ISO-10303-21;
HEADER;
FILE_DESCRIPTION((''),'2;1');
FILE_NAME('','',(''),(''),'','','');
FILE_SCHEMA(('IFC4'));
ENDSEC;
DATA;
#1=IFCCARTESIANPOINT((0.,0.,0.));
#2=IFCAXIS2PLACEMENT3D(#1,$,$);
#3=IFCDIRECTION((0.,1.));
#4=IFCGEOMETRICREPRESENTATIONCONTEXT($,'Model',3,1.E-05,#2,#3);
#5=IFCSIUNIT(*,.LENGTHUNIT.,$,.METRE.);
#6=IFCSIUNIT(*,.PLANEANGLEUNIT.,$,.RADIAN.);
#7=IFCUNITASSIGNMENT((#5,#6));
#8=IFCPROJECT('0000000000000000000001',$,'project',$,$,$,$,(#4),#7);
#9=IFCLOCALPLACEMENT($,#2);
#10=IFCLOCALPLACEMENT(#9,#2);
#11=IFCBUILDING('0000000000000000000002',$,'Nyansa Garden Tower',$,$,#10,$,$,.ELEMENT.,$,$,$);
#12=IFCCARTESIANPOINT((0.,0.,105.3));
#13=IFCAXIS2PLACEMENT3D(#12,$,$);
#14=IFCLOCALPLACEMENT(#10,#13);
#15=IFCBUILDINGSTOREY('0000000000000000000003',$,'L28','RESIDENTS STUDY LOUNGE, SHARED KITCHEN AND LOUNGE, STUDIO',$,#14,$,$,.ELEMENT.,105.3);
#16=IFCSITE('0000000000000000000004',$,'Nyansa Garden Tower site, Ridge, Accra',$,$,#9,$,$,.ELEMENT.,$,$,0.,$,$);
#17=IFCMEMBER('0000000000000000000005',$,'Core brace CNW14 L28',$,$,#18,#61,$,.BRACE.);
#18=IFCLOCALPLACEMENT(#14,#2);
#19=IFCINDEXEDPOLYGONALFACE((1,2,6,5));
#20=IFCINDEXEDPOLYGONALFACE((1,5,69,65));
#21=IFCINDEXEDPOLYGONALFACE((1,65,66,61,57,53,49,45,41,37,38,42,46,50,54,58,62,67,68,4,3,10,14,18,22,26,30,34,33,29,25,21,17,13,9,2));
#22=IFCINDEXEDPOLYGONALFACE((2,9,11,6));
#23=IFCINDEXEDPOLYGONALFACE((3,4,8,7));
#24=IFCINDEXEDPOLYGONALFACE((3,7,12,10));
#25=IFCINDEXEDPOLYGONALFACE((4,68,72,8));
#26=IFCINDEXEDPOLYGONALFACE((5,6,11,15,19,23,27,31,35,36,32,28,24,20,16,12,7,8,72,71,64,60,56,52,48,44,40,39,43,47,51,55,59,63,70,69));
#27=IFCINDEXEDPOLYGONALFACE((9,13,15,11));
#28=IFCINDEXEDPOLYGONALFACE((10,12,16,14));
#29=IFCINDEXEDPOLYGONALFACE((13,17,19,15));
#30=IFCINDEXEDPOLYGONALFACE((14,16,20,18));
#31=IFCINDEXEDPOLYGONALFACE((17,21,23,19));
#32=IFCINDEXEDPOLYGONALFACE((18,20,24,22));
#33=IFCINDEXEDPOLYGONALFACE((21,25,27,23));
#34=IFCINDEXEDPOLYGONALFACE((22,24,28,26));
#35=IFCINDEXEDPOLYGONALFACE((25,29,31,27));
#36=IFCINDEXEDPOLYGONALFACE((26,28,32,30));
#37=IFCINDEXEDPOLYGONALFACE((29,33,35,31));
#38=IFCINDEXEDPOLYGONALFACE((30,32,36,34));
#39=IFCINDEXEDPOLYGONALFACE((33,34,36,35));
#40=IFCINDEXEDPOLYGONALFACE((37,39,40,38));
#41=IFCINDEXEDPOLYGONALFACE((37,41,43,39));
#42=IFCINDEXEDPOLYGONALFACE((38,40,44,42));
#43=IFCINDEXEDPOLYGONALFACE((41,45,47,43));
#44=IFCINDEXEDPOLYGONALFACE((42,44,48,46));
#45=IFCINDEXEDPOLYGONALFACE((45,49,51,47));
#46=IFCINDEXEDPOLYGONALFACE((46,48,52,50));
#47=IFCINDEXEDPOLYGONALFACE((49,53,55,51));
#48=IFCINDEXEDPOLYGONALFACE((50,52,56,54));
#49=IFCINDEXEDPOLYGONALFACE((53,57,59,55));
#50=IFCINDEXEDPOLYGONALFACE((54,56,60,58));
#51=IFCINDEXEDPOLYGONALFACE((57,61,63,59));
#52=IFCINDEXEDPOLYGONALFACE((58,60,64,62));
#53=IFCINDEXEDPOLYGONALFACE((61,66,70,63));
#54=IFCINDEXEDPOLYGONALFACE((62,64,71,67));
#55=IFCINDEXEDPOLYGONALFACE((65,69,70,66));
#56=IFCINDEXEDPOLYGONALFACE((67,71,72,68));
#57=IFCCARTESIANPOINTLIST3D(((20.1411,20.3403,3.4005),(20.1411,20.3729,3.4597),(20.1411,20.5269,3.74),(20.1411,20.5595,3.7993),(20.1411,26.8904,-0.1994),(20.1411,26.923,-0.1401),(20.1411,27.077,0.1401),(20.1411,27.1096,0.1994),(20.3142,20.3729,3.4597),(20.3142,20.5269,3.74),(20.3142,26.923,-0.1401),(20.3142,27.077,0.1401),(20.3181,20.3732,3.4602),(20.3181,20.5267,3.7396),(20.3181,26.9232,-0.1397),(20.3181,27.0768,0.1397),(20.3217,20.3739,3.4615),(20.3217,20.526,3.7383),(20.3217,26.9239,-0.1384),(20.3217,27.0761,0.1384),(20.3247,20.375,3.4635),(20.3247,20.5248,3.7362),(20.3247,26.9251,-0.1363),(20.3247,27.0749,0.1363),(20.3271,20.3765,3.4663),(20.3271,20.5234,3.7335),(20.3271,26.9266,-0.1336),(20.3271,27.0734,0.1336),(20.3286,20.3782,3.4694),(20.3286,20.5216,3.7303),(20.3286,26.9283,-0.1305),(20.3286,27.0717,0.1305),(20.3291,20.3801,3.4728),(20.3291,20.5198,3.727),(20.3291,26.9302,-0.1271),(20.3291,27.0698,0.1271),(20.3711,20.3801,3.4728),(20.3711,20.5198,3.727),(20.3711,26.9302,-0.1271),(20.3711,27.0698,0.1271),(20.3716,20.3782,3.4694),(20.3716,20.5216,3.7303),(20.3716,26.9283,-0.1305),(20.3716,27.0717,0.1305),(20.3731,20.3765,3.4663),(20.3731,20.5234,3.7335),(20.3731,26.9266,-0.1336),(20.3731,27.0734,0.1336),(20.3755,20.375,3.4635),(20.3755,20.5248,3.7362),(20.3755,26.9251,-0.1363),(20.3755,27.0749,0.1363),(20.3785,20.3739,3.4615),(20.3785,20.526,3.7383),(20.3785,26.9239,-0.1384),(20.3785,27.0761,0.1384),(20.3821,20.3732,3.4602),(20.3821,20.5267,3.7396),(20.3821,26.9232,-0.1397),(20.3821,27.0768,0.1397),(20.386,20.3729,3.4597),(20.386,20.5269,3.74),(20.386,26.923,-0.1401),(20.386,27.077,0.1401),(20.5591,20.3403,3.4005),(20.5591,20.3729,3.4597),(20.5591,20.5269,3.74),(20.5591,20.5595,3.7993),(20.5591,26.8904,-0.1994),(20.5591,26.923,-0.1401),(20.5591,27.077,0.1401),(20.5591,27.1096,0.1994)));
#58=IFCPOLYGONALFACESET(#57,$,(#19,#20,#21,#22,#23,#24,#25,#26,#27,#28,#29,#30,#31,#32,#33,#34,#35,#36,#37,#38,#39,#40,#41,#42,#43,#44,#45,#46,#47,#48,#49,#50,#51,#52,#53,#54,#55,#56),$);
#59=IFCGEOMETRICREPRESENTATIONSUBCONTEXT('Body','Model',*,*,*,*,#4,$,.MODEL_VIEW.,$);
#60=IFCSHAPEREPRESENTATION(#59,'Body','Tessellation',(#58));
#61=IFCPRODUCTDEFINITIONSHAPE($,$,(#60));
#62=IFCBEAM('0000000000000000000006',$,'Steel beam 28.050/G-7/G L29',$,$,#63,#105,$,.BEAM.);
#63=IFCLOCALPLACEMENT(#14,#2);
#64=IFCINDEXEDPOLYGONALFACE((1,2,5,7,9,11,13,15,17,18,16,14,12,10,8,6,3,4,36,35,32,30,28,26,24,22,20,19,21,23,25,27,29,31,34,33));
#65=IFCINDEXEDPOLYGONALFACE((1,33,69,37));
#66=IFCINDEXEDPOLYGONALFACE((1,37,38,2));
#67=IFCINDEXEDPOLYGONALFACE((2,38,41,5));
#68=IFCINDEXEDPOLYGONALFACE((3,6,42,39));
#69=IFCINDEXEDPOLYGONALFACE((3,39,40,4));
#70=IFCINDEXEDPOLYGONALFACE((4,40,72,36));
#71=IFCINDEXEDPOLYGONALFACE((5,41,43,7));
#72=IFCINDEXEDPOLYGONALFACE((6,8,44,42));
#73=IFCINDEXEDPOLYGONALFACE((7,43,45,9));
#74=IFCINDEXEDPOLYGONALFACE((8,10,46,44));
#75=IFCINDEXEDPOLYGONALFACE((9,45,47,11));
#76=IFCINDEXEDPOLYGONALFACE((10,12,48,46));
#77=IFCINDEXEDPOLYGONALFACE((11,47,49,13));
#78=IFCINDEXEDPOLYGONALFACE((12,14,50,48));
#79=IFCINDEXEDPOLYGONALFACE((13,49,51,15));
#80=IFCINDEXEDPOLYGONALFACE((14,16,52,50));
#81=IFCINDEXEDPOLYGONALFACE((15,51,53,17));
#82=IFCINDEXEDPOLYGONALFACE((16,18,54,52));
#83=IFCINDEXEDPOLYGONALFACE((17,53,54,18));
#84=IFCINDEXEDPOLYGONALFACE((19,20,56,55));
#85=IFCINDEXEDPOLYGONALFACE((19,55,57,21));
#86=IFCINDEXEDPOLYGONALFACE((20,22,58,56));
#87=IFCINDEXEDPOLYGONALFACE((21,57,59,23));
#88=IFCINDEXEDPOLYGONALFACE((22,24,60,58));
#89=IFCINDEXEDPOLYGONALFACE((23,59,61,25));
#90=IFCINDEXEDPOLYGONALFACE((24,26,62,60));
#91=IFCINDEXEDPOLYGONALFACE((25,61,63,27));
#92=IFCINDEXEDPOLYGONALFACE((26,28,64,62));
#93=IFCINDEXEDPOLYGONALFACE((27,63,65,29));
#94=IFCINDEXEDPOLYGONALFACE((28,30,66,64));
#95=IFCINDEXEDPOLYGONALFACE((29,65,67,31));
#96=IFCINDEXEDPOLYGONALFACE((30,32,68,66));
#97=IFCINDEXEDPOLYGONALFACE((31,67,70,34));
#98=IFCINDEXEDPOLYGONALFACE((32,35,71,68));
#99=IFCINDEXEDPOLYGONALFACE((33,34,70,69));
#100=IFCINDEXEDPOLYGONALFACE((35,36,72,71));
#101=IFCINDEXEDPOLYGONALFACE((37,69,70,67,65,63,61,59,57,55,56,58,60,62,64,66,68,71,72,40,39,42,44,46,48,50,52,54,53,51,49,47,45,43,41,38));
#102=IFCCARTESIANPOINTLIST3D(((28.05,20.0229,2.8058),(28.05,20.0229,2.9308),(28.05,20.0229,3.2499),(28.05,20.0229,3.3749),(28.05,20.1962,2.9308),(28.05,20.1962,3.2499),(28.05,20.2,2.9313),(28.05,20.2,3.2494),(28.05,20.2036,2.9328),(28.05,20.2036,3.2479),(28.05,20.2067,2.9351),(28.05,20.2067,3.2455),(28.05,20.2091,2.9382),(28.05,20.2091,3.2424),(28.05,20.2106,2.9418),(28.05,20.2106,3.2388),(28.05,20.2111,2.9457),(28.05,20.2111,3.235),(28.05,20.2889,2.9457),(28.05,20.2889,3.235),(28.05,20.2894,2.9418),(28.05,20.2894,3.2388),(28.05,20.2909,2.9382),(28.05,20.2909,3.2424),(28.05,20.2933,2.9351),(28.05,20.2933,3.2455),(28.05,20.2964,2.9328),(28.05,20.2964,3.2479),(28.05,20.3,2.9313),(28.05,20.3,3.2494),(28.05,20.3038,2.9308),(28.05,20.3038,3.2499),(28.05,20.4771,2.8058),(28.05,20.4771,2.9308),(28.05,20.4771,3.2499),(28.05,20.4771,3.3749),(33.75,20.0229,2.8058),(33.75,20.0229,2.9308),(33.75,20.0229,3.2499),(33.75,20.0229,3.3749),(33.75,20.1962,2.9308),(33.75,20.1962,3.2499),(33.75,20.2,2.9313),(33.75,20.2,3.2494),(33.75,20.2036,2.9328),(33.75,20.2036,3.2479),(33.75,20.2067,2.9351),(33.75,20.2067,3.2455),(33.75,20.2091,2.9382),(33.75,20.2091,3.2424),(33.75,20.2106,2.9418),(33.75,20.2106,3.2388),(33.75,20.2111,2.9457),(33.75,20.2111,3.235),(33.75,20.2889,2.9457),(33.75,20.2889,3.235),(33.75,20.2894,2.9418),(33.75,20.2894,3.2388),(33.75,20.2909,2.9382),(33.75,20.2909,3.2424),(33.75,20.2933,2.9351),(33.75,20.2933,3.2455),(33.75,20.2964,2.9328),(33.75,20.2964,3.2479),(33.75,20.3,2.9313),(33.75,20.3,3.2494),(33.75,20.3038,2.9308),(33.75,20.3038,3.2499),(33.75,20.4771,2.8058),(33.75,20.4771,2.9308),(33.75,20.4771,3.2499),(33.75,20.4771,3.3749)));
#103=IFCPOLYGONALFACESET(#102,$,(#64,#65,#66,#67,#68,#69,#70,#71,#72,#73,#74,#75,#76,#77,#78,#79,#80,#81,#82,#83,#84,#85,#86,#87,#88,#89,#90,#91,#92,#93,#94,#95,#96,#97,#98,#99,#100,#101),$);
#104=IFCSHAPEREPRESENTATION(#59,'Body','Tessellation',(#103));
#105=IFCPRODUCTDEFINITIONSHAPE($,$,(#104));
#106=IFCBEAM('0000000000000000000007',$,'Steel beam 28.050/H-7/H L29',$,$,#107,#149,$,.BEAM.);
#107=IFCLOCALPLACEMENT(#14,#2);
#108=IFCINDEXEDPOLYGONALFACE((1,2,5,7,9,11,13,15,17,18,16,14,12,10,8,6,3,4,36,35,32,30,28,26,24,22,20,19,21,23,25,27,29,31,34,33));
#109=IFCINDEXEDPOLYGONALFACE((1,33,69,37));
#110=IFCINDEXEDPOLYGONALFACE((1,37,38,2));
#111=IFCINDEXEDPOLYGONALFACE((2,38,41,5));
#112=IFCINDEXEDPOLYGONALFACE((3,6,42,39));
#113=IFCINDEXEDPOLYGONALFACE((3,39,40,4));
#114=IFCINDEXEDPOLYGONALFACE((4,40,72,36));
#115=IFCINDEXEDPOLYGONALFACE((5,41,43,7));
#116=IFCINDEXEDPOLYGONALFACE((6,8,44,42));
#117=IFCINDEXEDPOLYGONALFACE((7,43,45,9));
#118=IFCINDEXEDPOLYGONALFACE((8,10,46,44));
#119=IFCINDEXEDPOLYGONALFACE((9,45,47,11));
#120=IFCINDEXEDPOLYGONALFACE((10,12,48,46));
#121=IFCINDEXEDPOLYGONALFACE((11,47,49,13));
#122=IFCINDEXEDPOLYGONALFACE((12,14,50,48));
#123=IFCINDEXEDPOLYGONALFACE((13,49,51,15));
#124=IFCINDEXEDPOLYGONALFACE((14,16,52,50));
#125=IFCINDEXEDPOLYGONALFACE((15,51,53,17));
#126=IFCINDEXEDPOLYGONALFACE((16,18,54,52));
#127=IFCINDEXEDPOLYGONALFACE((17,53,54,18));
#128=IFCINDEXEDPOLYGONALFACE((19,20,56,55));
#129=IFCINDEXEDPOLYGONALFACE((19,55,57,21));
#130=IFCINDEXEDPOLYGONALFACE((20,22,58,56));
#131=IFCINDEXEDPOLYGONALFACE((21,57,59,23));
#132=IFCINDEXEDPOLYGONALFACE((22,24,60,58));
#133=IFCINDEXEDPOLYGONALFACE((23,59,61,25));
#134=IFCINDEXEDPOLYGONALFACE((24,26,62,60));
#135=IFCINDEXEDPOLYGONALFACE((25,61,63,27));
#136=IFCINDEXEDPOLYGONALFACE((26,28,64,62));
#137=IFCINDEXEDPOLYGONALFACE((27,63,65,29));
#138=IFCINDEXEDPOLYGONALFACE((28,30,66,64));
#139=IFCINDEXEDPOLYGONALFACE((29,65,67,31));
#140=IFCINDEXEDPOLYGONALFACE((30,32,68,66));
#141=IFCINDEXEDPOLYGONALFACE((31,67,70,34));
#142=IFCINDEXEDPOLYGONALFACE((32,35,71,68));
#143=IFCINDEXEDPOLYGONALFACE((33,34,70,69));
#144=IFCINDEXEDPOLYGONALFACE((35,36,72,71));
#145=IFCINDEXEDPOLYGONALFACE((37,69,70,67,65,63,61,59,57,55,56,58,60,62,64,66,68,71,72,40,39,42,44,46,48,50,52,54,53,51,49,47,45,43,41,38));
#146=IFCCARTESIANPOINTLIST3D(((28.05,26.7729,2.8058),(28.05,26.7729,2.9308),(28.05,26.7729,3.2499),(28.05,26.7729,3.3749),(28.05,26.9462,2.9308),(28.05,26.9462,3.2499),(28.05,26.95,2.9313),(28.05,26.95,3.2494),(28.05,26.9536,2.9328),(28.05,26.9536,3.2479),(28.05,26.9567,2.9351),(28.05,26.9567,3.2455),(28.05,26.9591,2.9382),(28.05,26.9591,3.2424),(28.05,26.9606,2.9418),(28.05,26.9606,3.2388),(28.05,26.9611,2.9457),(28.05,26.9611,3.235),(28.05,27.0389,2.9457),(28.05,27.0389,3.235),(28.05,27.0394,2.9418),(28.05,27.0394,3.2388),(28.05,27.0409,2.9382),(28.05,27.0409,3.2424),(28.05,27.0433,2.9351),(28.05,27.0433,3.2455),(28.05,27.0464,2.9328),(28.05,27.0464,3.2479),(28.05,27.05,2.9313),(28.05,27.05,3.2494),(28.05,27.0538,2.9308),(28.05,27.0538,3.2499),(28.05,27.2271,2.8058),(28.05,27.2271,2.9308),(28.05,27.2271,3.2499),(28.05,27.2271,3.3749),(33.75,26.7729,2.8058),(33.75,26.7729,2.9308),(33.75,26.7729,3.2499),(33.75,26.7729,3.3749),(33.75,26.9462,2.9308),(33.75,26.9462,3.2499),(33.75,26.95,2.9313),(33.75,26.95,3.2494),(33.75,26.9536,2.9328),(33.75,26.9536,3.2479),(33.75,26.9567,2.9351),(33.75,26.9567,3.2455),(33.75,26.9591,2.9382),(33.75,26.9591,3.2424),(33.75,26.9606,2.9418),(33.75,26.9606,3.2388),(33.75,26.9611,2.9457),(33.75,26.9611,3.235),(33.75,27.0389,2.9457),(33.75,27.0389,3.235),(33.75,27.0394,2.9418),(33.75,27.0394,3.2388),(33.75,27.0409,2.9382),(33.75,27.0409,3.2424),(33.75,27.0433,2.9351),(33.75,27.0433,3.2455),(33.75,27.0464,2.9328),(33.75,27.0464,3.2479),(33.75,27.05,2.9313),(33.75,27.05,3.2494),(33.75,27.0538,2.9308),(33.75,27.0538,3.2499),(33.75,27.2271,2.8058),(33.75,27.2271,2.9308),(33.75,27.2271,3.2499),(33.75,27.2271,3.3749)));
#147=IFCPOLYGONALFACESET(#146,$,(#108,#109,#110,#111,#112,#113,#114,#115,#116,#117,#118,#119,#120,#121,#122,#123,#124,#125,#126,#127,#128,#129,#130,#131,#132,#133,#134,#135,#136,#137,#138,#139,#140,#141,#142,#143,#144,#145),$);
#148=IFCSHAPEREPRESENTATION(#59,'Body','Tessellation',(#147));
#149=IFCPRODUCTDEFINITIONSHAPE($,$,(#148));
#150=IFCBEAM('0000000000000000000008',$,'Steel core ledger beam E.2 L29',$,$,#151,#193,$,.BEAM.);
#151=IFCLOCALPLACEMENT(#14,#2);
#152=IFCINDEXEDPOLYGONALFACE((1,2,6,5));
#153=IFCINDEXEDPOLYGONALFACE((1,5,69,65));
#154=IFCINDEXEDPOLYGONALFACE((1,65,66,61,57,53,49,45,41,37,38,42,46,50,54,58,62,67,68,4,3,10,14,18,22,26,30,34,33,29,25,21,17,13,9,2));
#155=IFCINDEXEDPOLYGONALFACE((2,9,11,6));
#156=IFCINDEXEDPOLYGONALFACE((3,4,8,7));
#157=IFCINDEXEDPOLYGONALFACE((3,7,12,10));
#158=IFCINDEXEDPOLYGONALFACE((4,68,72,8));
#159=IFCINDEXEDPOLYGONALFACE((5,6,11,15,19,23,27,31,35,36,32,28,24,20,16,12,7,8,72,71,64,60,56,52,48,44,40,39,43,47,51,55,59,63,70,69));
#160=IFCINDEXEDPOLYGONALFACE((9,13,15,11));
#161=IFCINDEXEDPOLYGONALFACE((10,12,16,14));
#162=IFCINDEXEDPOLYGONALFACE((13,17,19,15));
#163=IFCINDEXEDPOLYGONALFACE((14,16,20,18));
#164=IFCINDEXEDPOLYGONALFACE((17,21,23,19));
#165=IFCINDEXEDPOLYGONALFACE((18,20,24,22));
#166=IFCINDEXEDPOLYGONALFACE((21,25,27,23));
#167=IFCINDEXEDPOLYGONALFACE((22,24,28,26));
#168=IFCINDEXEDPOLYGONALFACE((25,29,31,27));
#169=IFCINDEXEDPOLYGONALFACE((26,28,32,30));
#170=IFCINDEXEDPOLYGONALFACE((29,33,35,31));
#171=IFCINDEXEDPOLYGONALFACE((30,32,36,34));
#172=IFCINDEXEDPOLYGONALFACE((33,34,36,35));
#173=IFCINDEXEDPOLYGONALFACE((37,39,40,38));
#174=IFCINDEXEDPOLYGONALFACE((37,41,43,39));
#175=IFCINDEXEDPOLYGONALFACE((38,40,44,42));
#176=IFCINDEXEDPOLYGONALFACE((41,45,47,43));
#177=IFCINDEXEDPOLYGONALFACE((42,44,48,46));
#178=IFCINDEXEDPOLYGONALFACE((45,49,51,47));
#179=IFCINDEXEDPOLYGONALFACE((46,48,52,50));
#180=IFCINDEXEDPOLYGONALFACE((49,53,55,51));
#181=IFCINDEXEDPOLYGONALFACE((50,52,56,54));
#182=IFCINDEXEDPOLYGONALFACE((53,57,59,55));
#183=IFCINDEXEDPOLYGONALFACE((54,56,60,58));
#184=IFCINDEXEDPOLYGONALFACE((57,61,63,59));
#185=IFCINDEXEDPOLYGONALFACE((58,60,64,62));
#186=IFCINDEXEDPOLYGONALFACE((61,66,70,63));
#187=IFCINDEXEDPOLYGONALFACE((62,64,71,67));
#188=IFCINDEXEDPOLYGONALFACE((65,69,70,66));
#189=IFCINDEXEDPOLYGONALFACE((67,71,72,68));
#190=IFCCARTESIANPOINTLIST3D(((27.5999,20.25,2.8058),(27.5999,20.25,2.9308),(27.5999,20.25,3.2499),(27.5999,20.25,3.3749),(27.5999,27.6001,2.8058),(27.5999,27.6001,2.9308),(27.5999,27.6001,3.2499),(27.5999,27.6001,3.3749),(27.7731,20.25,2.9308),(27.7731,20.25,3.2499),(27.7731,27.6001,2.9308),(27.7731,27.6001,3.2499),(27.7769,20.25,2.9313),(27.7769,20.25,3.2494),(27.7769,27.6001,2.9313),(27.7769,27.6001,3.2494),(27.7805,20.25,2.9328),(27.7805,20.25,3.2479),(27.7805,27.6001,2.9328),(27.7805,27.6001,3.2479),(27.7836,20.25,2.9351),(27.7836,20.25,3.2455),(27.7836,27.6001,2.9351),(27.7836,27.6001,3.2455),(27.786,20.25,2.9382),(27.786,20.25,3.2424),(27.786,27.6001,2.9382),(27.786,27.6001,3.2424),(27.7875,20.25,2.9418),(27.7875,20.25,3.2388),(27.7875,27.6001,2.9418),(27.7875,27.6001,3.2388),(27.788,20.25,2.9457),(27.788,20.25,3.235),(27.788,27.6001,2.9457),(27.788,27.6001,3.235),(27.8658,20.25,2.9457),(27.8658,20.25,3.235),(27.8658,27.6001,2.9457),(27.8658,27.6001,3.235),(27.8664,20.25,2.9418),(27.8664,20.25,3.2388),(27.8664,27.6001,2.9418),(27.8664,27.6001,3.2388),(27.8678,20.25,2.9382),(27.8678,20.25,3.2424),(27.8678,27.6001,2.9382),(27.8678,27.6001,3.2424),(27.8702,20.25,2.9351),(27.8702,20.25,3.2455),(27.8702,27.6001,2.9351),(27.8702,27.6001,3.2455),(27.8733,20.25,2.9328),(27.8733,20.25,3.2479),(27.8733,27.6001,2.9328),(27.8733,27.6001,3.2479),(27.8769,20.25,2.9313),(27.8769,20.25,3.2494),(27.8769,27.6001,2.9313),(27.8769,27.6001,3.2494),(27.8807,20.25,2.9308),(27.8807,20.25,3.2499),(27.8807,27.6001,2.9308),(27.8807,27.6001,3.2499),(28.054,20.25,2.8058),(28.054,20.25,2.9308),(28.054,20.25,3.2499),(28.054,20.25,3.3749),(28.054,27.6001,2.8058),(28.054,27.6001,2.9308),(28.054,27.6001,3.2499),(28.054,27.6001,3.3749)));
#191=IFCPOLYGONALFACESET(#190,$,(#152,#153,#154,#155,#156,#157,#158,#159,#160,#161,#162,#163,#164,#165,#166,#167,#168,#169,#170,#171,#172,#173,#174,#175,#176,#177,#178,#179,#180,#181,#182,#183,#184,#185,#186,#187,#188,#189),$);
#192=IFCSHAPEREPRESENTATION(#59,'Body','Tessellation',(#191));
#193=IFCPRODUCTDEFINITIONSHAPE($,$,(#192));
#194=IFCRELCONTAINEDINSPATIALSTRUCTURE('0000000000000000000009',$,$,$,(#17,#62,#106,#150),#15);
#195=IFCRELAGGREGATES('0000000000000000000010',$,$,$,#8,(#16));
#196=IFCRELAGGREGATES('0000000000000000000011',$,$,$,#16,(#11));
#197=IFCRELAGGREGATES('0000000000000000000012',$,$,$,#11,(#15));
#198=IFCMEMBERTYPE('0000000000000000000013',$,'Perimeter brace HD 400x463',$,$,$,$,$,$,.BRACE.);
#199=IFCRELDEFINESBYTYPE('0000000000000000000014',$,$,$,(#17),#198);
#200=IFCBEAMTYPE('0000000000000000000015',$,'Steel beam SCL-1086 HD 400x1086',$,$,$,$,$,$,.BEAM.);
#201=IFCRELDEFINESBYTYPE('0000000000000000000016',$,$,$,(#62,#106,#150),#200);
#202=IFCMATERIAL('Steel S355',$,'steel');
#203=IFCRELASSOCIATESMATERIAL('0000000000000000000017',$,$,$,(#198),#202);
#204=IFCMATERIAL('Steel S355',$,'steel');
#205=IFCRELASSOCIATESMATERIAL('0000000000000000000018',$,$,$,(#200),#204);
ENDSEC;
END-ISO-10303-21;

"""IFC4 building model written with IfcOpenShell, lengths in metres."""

from ifc_helpers import new_model, si_unit, direction, frame, origin, origin_2d, place, context, subcontext, project, spatial, i_section, extrude, material, material_profile, profile_set, type_object, element, save


model = new_model("IFC4")

# Units and contexts
model_context = context("Model", 3, precision=1e-05, world=origin(), true_north=direction((0.0, 1.0)))
body_context = subcontext(model_context, "Body", "Model", "MODEL_VIEW")
ifc_project = project(units=[si_unit("LENGTHUNIT", "METRE"), si_unit("PLANEANGLEUNIT", "RADIAN")], contexts=[model_context])

# Site, building, storey
site_placement = place(None, origin())
site = spatial("IfcSite", under=ifc_project, at=site_placement, Name="Nyansa Garden Tower site, Ridge, Accra", CompositionType="ELEMENT", RefElevation=0.0)
building_placement = place(site_placement, origin())
building = spatial("IfcBuilding", under=site, at=building_placement, Name="Nyansa Garden Tower", CompositionType="ELEMENT")
storey_placement = place(building_placement, frame((0.0, 0.0, 105.3)))
storey = spatial("IfcBuildingStorey", under=building, at=storey_placement, Name="L28", Description="RESIDENTS STUDY LOUNGE, SHARED KITCHEN AND LOUNGE, STUDIO", CompositionType="ELEMENT", Elevation=105.3)

# Member
ifc_material_1 = material(Name="Steel S355", Category="steel")
ifc_material_profile_1 = material_profile(ifc_material_1, i_section(OverallWidth=0.418, OverallDepth=0.4551, WebThickness=0.042, FlangeThickness=0.0676, FilletRadius=0.0149, at=origin_2d()), Name="HD 400x463")
ifc_profile_set_1 = profile_set([ifc_material_profile_1], Name="Steel S355")
member_type = type_object("IfcMemberType", Name="Perimeter brace HD 400x463", PredefinedType="BRACE", material=ifc_profile_set_1)
member_1_placement = place(storey_placement, frame((20.3501, 27.0, 0.0), z_axis=(0.0, -0.876367, 0.481644), x_axis=(1.0, 0.0, 0.0)))
element("IfcMember", 1, at=member_1_placement, inside=storey, type_object=member_type, Name="Core brace CNW14 L28", PredefinedType="BRACE", context=body_context, shape_type="SweptSolid", body=[
    extrude(i_section(OverallWidth=0.418, OverallDepth=0.4551, WebThickness=0.042, FlangeThickness=0.0676, FilletRadius=0.0149, at=origin_2d()), origin(), (0.0, 0.0, 1.0), 7.4741),
])

# Beams
ifc_material_2 = material(Name="Steel S355", Category="steel")
ifc_material_profile_2 = material_profile(ifc_material_2, i_section(OverallWidth=0.4541, OverallDepth=0.5691, WebThickness=0.0779, FlangeThickness=0.125, FilletRadius=0.0149, at=origin_2d()), Name="HD 400x1086")
ifc_profile_set_2 = profile_set([ifc_material_profile_2], Name="Steel S355")
beam_type_1 = type_object("IfcBeamType", Name="Steel beam SCL-1086 HD 400x1086", PredefinedType="BEAM", material=ifc_profile_set_2)
for number, where, z_axis, x_axis, name in (
    (2, (28.05, 20.25, 3.0903), (1.0, 0.0, 0.0), (0.0, 1.0, 0.0), "Steel beam 28.050/G-7/G L29"),
    (3, (28.05, 27.0, 3.0903), (1.0, 0.0, 0.0), (0.0, 1.0, 0.0), "Steel beam 28.050/H-7/H L29"),
):
    element("IfcBeam", number, at=place(storey_placement, frame(where, z_axis=z_axis, x_axis=x_axis)), inside=storey, type_object=beam_type_1, Name=name, PredefinedType="BEAM", context=body_context, shape_type="SweptSolid", body=[
        extrude(i_section(OverallWidth=0.4541, OverallDepth=0.5691, WebThickness=0.0779, FlangeThickness=0.125, FilletRadius=0.0149, at=origin_2d()), origin(), (0.0, 0.0, 1.0), 5.7),
    ])
beam_1_placement = place(storey_placement, frame((27.8269, 20.25, 3.0903), z_axis=(0.0, 1.0, 0.0), x_axis=(-1.0, 0.0, 0.0)))
element("IfcBeam", 4, at=beam_1_placement, inside=storey, type_object=beam_type_1, Name="Steel core ledger beam E.2 L29", PredefinedType="BEAM", context=body_context, shape_type="SweptSolid", body=[
    extrude(i_section(OverallWidth=0.4541, OverallDepth=0.5691, WebThickness=0.0779, FlangeThickness=0.125, FilletRadius=0.0149, at=origin_2d()), origin(), (0.0, 0.0, 1.0), 7.3501),
])

save(model, "model.ifc")
